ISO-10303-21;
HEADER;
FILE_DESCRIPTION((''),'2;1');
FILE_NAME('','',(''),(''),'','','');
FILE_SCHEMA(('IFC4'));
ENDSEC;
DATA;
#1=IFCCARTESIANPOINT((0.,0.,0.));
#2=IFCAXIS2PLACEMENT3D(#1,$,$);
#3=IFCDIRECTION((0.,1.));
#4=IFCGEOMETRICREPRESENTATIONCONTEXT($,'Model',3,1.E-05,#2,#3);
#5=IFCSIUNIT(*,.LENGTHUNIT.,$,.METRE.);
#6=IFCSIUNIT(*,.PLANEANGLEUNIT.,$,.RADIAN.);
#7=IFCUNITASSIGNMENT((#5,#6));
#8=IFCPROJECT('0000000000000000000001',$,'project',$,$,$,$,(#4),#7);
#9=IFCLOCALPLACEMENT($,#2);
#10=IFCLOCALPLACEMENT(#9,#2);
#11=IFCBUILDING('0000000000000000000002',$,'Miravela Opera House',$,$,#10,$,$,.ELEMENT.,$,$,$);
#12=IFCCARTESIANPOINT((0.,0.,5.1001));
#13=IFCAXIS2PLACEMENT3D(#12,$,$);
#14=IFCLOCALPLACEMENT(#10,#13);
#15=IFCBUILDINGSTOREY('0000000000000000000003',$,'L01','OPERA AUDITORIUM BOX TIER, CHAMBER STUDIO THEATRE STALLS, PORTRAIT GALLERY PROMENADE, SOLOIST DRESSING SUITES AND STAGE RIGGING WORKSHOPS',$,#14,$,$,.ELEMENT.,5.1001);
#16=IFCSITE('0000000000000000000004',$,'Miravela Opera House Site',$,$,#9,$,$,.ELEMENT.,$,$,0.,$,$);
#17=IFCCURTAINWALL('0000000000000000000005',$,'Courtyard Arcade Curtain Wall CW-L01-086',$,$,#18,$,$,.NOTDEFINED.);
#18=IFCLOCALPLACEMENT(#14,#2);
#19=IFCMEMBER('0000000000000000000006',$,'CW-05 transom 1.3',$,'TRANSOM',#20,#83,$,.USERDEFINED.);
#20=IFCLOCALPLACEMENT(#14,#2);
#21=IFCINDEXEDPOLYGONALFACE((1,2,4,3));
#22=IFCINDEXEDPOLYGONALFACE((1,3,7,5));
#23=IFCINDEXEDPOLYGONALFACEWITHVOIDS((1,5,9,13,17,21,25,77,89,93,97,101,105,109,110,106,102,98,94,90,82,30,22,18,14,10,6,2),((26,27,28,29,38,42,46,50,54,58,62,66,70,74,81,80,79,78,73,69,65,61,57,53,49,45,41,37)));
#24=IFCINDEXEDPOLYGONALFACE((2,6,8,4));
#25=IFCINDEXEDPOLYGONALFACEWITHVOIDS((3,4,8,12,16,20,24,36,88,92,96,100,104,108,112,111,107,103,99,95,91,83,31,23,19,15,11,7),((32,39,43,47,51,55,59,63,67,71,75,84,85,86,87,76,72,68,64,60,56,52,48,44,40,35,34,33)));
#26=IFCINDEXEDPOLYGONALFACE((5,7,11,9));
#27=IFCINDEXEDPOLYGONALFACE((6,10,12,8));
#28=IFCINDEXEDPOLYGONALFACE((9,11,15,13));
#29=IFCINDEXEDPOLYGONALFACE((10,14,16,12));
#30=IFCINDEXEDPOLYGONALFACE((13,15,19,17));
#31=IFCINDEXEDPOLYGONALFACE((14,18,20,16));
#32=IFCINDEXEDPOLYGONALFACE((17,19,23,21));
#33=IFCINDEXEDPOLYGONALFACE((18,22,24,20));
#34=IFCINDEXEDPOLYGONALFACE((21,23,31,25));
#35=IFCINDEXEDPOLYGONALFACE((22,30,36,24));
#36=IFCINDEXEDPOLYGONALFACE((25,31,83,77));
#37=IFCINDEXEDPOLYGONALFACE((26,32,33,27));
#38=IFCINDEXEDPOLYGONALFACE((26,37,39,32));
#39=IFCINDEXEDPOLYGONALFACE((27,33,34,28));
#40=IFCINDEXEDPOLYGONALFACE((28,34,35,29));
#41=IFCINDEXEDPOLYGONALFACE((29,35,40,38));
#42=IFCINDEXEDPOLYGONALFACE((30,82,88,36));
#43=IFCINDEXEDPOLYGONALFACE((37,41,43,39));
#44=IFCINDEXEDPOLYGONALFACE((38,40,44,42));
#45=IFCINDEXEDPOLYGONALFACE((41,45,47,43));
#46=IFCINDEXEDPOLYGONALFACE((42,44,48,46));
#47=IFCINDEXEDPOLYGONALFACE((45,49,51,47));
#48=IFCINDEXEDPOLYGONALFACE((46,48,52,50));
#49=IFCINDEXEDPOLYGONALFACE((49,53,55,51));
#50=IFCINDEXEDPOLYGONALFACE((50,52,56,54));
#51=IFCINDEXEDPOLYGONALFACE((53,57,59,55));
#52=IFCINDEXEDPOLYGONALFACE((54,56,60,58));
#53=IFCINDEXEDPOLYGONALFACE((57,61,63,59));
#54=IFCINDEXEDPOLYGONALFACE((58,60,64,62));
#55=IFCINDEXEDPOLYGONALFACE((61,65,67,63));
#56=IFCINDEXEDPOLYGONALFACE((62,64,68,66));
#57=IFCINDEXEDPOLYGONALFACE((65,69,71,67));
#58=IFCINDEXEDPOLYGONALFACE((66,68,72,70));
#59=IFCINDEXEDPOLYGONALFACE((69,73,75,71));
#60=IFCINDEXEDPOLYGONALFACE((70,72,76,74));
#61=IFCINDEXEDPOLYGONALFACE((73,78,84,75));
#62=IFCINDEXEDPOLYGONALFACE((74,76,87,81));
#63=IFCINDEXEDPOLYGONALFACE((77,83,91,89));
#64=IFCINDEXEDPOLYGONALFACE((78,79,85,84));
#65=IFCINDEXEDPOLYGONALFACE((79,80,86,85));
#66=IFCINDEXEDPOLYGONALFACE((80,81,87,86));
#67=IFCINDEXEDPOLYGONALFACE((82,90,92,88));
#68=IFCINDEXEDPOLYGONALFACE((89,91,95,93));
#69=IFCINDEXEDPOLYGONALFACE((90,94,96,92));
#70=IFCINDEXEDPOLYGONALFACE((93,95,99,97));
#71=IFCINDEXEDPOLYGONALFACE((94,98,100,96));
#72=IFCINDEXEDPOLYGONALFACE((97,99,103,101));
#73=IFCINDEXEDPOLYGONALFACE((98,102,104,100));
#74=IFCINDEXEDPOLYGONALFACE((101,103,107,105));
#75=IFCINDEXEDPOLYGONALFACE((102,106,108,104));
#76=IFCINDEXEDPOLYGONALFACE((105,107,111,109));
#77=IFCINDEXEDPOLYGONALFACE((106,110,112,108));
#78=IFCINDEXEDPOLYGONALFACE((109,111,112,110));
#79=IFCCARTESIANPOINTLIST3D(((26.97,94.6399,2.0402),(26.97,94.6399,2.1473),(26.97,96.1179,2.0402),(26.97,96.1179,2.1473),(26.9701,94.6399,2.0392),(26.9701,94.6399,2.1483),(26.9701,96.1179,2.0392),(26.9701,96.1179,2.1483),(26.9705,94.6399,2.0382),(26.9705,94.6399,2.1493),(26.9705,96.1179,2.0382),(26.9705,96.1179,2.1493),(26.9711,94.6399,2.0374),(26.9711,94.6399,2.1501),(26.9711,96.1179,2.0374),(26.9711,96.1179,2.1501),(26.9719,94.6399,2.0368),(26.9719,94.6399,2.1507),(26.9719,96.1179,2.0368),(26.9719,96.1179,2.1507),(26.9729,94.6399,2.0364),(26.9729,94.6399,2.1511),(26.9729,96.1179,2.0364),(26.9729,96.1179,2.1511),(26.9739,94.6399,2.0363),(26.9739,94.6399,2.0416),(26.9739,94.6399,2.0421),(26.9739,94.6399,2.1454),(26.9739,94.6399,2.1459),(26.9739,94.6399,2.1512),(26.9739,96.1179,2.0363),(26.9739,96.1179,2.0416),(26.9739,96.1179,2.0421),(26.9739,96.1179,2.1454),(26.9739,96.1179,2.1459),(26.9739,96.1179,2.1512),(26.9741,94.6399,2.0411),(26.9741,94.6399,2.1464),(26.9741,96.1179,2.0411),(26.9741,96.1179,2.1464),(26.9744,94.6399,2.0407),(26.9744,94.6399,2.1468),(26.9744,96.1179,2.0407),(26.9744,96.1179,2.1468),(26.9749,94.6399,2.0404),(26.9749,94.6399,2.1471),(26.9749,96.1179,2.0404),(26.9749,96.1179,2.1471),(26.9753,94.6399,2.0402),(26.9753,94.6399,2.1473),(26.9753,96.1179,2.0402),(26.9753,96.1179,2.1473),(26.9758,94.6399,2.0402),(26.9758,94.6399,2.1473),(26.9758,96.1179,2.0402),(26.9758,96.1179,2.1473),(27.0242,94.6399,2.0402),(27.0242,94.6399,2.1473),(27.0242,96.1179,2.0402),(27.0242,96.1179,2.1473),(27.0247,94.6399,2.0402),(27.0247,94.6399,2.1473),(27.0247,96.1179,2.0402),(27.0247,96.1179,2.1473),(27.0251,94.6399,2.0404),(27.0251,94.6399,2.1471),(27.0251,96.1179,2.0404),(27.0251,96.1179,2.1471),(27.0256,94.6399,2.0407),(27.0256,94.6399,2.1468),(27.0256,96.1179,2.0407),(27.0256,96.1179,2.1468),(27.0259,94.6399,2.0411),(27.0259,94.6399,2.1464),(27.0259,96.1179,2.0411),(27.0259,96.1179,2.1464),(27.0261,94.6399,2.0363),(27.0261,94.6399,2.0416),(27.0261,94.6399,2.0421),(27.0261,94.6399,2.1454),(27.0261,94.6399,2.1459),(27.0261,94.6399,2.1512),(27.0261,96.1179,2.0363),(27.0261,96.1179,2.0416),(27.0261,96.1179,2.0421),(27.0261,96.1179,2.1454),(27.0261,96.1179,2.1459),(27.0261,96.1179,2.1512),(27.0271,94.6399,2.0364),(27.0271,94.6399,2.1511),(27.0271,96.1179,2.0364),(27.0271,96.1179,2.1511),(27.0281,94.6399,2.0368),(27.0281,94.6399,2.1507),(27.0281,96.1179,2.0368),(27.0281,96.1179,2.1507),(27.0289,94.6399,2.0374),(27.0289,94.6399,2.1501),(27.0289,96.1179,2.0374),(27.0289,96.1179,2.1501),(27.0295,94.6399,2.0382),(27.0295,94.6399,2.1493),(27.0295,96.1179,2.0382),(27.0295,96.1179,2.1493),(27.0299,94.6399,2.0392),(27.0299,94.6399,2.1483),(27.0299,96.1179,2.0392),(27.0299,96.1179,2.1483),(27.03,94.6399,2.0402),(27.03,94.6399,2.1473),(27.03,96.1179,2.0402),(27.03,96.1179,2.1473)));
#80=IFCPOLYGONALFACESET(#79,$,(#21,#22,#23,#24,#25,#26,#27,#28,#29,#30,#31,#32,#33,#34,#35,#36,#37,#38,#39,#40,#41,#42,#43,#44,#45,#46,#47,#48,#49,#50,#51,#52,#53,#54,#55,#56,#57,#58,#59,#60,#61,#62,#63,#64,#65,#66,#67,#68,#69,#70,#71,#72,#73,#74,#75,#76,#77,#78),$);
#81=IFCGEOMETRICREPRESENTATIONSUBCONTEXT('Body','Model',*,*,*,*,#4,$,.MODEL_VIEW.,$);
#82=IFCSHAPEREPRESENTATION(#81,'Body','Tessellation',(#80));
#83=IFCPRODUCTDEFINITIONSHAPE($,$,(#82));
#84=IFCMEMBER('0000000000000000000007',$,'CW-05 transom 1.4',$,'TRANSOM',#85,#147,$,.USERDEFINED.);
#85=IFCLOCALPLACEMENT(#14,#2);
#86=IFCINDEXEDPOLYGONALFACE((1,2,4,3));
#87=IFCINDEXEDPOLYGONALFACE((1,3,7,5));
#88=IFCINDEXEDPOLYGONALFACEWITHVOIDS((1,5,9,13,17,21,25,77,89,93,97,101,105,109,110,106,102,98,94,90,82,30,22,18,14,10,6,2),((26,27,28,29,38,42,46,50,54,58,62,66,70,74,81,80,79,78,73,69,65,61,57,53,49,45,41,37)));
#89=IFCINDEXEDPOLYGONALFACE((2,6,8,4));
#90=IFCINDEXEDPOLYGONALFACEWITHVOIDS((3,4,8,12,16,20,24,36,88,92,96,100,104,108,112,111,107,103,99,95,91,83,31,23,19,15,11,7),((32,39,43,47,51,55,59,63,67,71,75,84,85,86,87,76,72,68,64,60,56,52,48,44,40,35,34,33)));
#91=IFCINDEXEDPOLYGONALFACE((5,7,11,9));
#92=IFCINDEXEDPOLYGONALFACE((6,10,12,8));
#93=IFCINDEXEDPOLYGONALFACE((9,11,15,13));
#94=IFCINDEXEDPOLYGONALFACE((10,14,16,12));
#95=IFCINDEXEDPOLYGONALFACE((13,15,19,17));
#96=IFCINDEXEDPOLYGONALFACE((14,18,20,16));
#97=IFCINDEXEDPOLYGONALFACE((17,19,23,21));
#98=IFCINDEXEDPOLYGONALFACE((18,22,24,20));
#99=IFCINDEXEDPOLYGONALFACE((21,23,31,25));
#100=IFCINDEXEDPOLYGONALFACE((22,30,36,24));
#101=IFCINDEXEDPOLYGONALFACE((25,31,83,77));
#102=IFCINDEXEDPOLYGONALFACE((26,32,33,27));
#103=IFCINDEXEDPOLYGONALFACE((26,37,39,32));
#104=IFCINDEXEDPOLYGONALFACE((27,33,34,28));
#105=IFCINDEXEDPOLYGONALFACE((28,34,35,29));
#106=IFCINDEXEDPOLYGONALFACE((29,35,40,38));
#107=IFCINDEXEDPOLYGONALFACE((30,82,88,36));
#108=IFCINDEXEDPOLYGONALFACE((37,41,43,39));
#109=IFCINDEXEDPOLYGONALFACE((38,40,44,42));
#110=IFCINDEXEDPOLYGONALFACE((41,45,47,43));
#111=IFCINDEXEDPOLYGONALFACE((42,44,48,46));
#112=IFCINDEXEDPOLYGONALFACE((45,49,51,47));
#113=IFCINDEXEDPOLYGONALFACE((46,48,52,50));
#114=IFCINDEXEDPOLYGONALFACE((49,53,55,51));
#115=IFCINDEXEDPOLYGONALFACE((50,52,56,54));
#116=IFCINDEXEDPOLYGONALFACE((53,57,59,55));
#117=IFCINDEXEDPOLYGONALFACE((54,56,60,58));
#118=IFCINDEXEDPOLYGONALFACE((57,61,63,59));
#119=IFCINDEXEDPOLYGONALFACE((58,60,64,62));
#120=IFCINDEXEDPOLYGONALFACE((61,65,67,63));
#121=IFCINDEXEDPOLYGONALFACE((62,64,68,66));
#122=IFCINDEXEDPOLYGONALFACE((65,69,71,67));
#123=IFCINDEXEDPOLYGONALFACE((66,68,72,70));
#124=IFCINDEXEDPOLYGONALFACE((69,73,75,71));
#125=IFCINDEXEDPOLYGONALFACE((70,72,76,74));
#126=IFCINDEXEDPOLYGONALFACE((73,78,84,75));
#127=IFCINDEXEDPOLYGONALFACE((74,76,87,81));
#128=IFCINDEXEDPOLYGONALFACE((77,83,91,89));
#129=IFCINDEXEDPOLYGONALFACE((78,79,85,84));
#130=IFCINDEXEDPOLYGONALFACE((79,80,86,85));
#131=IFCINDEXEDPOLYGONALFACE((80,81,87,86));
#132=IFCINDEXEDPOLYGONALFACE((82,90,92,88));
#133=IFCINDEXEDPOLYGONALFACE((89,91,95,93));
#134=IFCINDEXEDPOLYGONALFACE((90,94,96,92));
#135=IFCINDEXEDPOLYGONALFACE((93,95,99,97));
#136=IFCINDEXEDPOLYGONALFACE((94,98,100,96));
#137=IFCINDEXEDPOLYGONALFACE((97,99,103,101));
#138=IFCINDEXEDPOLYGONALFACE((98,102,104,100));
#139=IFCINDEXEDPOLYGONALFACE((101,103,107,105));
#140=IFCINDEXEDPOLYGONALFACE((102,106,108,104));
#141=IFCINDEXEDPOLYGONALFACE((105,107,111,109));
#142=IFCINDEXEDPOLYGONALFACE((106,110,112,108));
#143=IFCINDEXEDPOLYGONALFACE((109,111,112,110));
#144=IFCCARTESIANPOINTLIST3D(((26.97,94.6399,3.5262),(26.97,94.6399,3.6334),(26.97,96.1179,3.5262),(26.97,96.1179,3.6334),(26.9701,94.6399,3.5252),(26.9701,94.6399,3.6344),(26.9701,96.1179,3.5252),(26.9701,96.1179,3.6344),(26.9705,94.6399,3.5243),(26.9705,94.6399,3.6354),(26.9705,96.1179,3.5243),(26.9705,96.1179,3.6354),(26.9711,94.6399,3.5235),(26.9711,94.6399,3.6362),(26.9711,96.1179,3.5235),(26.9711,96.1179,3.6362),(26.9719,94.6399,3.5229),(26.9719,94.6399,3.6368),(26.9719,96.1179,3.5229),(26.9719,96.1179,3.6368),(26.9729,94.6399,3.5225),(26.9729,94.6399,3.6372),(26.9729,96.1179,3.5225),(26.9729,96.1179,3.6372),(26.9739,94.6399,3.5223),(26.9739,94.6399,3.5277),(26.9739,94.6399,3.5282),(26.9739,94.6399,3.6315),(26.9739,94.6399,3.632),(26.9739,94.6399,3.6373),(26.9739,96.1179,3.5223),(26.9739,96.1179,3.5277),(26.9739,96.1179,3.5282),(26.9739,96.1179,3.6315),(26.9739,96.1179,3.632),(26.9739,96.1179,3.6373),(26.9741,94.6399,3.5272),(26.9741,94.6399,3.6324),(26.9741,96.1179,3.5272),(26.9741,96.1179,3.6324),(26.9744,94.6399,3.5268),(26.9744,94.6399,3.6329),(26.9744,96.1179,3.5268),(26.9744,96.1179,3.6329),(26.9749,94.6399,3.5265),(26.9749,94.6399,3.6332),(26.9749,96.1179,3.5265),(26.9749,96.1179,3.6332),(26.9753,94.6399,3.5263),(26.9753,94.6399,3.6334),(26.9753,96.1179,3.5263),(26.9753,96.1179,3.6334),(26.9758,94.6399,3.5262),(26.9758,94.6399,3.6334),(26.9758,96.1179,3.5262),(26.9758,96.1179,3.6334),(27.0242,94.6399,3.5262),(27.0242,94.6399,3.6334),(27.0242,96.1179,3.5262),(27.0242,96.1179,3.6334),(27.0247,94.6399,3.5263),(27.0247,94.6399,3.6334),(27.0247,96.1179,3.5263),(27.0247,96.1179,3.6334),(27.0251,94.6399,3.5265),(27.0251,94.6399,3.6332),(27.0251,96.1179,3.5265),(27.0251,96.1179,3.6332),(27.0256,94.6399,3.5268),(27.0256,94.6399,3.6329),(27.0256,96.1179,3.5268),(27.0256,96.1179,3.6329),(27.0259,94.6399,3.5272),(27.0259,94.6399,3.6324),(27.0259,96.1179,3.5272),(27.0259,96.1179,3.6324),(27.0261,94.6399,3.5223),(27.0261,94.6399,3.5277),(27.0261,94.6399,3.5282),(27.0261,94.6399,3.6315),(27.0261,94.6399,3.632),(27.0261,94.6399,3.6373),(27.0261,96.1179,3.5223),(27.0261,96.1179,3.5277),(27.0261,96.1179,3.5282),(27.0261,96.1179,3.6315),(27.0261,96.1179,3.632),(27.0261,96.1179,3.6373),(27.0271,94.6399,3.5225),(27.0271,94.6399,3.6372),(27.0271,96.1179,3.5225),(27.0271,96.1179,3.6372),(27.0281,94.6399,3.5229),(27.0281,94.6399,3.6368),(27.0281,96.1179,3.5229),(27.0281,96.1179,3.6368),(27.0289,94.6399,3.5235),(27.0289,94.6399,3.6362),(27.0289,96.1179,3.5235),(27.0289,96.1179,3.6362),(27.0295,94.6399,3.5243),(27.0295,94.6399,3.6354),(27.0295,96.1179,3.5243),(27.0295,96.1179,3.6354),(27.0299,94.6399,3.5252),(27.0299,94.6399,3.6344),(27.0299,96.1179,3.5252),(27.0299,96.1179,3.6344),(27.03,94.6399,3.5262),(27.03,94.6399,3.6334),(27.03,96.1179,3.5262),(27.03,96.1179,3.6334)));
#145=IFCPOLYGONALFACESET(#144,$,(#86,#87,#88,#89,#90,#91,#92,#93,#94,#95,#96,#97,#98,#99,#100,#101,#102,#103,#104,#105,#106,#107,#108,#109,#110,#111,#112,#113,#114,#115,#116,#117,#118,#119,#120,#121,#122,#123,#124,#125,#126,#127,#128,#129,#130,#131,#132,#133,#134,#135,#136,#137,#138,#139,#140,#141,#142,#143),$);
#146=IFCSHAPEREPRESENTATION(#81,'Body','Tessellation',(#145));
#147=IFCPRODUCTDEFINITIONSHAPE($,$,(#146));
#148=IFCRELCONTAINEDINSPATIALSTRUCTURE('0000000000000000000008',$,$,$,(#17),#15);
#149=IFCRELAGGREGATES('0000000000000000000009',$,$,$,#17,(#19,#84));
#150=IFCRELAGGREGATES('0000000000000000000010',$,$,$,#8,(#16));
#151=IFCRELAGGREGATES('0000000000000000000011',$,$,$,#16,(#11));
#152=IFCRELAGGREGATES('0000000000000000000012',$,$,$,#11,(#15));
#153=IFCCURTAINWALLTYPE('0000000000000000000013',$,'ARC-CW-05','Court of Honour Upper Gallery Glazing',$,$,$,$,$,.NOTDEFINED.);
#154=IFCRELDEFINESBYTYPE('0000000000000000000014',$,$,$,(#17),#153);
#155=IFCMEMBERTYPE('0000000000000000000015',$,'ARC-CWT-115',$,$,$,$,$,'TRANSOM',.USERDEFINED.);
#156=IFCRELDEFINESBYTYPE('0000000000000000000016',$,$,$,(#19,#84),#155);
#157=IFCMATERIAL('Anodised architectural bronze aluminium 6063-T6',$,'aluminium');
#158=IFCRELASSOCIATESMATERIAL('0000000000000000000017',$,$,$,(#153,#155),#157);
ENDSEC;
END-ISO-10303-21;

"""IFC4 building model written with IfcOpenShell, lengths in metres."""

from ifc_helpers import new_model, si_unit, direction, frame, origin, origin_2d, place, context, subcontext, project, spatial, hollow_rectangle, extrude, material, material_profile, profile_set, type_object, element, aggregate, save


model = new_model("IFC4")

# Units and contexts
model_context = context("Model", 3, precision=1e-05, world=origin(), true_north=direction((0.0, 1.0)))
body_context = subcontext(model_context, "Body", "Model", "MODEL_VIEW")
ifc_project = project(units=[si_unit("LENGTHUNIT", "METRE"), si_unit("PLANEANGLEUNIT", "RADIAN")], contexts=[model_context])

# Site, building, storey
site_placement = place(None, origin())
site = spatial("IfcSite", under=ifc_project, at=site_placement, Name="Miravela Opera House Site", CompositionType="ELEMENT", RefElevation=0.0)
building_placement = place(site_placement, origin())
building = spatial("IfcBuilding", under=site, at=building_placement, Name="Miravela Opera House", CompositionType="ELEMENT")
storey_placement = place(building_placement, frame((0.0, 0.0, 5.1001)))
storey = spatial("IfcBuildingStorey", under=building, at=storey_placement, Name="L01", Description="OPERA AUDITORIUM BOX TIER, CHAMBER STUDIO THEATRE STALLS, PORTRAIT GALLERY PROMENADE, SOLOIST DRESSING SUITES AND STAGE RIGGING WORKSHOPS", CompositionType="ELEMENT", Elevation=5.1001)

# Shared definitions
ifc_material_1 = material(Name="Anodised architectural bronze aluminium 6063-T6", Category="aluminium")
curtain_wall_type = type_object("IfcCurtainWallType", Name="ARC-CW-05", Description="Court of Honour Upper Gallery Glazing", PredefinedType="NOTDEFINED", material=ifc_material_1)

# Curtain wall, members
curtain_wall_1_placement = place(storey_placement, origin())
curtain_wall_1 = element("IfcCurtainWall", 1, at=curtain_wall_1_placement, inside=storey, type_object=curtain_wall_type, Name="Courtyard Arcade Curtain Wall CW-L01-086", PredefinedType="NOTDEFINED")
ifc_material_profile_1 = material_profile(ifc_material_1, hollow_rectangle(XDim=0.0601, YDim=0.115, WallThickness=0.0039, InnerFilletRadius=0.002, OuterFilletRadius=0.0039, at=origin_2d()), Name="CWT-60X115")
ifc_profile_set_1 = profile_set([ifc_material_profile_1])
member_type_1 = type_object("IfcMemberType", Name="ARC-CWT-115", ElementType="TRANSOM", PredefinedType="USERDEFINED", material=ifc_profile_set_1)
member_1_placement = place(storey_placement, frame((27.0, 94.6399, 2.0938), z_axis=(0.0, 1.0, 0.0), x_axis=(-1.0, 0.0, 0.0)))
member_1 = element("IfcMember", 2, at=member_1_placement, type_object=member_type_1, Name="CW-05 transom 1.3", ObjectType="TRANSOM", PredefinedType="USERDEFINED", context=body_context, shape_type="SweptSolid", body=[
    extrude(hollow_rectangle(XDim=0.0601, YDim=0.115, WallThickness=0.0039, InnerFilletRadius=0.002, OuterFilletRadius=0.0039, at=origin_2d()), origin(), (0.0, 0.0, 1.0), 1.478),
])
member_2_placement = place(storey_placement, frame((27.0, 94.6399, 3.5798), z_axis=(0.0, 1.0, 0.0), x_axis=(-1.0, 0.0, 0.0)))
member_2 = element("IfcMember", 3, at=member_2_placement, type_object=member_type_1, Name="CW-05 transom 1.4", ObjectType="TRANSOM", PredefinedType="USERDEFINED", context=body_context, shape_type="SweptSolid", body=[
    extrude(hollow_rectangle(XDim=0.0601, YDim=0.115, WallThickness=0.0039, InnerFilletRadius=0.002, OuterFilletRadius=0.0039, at=origin_2d()), origin(), (0.0, 0.0, 1.0), 1.478),
])

aggregate(curtain_wall_1, [member_1, member_2])

save(model, "model.ifc")
